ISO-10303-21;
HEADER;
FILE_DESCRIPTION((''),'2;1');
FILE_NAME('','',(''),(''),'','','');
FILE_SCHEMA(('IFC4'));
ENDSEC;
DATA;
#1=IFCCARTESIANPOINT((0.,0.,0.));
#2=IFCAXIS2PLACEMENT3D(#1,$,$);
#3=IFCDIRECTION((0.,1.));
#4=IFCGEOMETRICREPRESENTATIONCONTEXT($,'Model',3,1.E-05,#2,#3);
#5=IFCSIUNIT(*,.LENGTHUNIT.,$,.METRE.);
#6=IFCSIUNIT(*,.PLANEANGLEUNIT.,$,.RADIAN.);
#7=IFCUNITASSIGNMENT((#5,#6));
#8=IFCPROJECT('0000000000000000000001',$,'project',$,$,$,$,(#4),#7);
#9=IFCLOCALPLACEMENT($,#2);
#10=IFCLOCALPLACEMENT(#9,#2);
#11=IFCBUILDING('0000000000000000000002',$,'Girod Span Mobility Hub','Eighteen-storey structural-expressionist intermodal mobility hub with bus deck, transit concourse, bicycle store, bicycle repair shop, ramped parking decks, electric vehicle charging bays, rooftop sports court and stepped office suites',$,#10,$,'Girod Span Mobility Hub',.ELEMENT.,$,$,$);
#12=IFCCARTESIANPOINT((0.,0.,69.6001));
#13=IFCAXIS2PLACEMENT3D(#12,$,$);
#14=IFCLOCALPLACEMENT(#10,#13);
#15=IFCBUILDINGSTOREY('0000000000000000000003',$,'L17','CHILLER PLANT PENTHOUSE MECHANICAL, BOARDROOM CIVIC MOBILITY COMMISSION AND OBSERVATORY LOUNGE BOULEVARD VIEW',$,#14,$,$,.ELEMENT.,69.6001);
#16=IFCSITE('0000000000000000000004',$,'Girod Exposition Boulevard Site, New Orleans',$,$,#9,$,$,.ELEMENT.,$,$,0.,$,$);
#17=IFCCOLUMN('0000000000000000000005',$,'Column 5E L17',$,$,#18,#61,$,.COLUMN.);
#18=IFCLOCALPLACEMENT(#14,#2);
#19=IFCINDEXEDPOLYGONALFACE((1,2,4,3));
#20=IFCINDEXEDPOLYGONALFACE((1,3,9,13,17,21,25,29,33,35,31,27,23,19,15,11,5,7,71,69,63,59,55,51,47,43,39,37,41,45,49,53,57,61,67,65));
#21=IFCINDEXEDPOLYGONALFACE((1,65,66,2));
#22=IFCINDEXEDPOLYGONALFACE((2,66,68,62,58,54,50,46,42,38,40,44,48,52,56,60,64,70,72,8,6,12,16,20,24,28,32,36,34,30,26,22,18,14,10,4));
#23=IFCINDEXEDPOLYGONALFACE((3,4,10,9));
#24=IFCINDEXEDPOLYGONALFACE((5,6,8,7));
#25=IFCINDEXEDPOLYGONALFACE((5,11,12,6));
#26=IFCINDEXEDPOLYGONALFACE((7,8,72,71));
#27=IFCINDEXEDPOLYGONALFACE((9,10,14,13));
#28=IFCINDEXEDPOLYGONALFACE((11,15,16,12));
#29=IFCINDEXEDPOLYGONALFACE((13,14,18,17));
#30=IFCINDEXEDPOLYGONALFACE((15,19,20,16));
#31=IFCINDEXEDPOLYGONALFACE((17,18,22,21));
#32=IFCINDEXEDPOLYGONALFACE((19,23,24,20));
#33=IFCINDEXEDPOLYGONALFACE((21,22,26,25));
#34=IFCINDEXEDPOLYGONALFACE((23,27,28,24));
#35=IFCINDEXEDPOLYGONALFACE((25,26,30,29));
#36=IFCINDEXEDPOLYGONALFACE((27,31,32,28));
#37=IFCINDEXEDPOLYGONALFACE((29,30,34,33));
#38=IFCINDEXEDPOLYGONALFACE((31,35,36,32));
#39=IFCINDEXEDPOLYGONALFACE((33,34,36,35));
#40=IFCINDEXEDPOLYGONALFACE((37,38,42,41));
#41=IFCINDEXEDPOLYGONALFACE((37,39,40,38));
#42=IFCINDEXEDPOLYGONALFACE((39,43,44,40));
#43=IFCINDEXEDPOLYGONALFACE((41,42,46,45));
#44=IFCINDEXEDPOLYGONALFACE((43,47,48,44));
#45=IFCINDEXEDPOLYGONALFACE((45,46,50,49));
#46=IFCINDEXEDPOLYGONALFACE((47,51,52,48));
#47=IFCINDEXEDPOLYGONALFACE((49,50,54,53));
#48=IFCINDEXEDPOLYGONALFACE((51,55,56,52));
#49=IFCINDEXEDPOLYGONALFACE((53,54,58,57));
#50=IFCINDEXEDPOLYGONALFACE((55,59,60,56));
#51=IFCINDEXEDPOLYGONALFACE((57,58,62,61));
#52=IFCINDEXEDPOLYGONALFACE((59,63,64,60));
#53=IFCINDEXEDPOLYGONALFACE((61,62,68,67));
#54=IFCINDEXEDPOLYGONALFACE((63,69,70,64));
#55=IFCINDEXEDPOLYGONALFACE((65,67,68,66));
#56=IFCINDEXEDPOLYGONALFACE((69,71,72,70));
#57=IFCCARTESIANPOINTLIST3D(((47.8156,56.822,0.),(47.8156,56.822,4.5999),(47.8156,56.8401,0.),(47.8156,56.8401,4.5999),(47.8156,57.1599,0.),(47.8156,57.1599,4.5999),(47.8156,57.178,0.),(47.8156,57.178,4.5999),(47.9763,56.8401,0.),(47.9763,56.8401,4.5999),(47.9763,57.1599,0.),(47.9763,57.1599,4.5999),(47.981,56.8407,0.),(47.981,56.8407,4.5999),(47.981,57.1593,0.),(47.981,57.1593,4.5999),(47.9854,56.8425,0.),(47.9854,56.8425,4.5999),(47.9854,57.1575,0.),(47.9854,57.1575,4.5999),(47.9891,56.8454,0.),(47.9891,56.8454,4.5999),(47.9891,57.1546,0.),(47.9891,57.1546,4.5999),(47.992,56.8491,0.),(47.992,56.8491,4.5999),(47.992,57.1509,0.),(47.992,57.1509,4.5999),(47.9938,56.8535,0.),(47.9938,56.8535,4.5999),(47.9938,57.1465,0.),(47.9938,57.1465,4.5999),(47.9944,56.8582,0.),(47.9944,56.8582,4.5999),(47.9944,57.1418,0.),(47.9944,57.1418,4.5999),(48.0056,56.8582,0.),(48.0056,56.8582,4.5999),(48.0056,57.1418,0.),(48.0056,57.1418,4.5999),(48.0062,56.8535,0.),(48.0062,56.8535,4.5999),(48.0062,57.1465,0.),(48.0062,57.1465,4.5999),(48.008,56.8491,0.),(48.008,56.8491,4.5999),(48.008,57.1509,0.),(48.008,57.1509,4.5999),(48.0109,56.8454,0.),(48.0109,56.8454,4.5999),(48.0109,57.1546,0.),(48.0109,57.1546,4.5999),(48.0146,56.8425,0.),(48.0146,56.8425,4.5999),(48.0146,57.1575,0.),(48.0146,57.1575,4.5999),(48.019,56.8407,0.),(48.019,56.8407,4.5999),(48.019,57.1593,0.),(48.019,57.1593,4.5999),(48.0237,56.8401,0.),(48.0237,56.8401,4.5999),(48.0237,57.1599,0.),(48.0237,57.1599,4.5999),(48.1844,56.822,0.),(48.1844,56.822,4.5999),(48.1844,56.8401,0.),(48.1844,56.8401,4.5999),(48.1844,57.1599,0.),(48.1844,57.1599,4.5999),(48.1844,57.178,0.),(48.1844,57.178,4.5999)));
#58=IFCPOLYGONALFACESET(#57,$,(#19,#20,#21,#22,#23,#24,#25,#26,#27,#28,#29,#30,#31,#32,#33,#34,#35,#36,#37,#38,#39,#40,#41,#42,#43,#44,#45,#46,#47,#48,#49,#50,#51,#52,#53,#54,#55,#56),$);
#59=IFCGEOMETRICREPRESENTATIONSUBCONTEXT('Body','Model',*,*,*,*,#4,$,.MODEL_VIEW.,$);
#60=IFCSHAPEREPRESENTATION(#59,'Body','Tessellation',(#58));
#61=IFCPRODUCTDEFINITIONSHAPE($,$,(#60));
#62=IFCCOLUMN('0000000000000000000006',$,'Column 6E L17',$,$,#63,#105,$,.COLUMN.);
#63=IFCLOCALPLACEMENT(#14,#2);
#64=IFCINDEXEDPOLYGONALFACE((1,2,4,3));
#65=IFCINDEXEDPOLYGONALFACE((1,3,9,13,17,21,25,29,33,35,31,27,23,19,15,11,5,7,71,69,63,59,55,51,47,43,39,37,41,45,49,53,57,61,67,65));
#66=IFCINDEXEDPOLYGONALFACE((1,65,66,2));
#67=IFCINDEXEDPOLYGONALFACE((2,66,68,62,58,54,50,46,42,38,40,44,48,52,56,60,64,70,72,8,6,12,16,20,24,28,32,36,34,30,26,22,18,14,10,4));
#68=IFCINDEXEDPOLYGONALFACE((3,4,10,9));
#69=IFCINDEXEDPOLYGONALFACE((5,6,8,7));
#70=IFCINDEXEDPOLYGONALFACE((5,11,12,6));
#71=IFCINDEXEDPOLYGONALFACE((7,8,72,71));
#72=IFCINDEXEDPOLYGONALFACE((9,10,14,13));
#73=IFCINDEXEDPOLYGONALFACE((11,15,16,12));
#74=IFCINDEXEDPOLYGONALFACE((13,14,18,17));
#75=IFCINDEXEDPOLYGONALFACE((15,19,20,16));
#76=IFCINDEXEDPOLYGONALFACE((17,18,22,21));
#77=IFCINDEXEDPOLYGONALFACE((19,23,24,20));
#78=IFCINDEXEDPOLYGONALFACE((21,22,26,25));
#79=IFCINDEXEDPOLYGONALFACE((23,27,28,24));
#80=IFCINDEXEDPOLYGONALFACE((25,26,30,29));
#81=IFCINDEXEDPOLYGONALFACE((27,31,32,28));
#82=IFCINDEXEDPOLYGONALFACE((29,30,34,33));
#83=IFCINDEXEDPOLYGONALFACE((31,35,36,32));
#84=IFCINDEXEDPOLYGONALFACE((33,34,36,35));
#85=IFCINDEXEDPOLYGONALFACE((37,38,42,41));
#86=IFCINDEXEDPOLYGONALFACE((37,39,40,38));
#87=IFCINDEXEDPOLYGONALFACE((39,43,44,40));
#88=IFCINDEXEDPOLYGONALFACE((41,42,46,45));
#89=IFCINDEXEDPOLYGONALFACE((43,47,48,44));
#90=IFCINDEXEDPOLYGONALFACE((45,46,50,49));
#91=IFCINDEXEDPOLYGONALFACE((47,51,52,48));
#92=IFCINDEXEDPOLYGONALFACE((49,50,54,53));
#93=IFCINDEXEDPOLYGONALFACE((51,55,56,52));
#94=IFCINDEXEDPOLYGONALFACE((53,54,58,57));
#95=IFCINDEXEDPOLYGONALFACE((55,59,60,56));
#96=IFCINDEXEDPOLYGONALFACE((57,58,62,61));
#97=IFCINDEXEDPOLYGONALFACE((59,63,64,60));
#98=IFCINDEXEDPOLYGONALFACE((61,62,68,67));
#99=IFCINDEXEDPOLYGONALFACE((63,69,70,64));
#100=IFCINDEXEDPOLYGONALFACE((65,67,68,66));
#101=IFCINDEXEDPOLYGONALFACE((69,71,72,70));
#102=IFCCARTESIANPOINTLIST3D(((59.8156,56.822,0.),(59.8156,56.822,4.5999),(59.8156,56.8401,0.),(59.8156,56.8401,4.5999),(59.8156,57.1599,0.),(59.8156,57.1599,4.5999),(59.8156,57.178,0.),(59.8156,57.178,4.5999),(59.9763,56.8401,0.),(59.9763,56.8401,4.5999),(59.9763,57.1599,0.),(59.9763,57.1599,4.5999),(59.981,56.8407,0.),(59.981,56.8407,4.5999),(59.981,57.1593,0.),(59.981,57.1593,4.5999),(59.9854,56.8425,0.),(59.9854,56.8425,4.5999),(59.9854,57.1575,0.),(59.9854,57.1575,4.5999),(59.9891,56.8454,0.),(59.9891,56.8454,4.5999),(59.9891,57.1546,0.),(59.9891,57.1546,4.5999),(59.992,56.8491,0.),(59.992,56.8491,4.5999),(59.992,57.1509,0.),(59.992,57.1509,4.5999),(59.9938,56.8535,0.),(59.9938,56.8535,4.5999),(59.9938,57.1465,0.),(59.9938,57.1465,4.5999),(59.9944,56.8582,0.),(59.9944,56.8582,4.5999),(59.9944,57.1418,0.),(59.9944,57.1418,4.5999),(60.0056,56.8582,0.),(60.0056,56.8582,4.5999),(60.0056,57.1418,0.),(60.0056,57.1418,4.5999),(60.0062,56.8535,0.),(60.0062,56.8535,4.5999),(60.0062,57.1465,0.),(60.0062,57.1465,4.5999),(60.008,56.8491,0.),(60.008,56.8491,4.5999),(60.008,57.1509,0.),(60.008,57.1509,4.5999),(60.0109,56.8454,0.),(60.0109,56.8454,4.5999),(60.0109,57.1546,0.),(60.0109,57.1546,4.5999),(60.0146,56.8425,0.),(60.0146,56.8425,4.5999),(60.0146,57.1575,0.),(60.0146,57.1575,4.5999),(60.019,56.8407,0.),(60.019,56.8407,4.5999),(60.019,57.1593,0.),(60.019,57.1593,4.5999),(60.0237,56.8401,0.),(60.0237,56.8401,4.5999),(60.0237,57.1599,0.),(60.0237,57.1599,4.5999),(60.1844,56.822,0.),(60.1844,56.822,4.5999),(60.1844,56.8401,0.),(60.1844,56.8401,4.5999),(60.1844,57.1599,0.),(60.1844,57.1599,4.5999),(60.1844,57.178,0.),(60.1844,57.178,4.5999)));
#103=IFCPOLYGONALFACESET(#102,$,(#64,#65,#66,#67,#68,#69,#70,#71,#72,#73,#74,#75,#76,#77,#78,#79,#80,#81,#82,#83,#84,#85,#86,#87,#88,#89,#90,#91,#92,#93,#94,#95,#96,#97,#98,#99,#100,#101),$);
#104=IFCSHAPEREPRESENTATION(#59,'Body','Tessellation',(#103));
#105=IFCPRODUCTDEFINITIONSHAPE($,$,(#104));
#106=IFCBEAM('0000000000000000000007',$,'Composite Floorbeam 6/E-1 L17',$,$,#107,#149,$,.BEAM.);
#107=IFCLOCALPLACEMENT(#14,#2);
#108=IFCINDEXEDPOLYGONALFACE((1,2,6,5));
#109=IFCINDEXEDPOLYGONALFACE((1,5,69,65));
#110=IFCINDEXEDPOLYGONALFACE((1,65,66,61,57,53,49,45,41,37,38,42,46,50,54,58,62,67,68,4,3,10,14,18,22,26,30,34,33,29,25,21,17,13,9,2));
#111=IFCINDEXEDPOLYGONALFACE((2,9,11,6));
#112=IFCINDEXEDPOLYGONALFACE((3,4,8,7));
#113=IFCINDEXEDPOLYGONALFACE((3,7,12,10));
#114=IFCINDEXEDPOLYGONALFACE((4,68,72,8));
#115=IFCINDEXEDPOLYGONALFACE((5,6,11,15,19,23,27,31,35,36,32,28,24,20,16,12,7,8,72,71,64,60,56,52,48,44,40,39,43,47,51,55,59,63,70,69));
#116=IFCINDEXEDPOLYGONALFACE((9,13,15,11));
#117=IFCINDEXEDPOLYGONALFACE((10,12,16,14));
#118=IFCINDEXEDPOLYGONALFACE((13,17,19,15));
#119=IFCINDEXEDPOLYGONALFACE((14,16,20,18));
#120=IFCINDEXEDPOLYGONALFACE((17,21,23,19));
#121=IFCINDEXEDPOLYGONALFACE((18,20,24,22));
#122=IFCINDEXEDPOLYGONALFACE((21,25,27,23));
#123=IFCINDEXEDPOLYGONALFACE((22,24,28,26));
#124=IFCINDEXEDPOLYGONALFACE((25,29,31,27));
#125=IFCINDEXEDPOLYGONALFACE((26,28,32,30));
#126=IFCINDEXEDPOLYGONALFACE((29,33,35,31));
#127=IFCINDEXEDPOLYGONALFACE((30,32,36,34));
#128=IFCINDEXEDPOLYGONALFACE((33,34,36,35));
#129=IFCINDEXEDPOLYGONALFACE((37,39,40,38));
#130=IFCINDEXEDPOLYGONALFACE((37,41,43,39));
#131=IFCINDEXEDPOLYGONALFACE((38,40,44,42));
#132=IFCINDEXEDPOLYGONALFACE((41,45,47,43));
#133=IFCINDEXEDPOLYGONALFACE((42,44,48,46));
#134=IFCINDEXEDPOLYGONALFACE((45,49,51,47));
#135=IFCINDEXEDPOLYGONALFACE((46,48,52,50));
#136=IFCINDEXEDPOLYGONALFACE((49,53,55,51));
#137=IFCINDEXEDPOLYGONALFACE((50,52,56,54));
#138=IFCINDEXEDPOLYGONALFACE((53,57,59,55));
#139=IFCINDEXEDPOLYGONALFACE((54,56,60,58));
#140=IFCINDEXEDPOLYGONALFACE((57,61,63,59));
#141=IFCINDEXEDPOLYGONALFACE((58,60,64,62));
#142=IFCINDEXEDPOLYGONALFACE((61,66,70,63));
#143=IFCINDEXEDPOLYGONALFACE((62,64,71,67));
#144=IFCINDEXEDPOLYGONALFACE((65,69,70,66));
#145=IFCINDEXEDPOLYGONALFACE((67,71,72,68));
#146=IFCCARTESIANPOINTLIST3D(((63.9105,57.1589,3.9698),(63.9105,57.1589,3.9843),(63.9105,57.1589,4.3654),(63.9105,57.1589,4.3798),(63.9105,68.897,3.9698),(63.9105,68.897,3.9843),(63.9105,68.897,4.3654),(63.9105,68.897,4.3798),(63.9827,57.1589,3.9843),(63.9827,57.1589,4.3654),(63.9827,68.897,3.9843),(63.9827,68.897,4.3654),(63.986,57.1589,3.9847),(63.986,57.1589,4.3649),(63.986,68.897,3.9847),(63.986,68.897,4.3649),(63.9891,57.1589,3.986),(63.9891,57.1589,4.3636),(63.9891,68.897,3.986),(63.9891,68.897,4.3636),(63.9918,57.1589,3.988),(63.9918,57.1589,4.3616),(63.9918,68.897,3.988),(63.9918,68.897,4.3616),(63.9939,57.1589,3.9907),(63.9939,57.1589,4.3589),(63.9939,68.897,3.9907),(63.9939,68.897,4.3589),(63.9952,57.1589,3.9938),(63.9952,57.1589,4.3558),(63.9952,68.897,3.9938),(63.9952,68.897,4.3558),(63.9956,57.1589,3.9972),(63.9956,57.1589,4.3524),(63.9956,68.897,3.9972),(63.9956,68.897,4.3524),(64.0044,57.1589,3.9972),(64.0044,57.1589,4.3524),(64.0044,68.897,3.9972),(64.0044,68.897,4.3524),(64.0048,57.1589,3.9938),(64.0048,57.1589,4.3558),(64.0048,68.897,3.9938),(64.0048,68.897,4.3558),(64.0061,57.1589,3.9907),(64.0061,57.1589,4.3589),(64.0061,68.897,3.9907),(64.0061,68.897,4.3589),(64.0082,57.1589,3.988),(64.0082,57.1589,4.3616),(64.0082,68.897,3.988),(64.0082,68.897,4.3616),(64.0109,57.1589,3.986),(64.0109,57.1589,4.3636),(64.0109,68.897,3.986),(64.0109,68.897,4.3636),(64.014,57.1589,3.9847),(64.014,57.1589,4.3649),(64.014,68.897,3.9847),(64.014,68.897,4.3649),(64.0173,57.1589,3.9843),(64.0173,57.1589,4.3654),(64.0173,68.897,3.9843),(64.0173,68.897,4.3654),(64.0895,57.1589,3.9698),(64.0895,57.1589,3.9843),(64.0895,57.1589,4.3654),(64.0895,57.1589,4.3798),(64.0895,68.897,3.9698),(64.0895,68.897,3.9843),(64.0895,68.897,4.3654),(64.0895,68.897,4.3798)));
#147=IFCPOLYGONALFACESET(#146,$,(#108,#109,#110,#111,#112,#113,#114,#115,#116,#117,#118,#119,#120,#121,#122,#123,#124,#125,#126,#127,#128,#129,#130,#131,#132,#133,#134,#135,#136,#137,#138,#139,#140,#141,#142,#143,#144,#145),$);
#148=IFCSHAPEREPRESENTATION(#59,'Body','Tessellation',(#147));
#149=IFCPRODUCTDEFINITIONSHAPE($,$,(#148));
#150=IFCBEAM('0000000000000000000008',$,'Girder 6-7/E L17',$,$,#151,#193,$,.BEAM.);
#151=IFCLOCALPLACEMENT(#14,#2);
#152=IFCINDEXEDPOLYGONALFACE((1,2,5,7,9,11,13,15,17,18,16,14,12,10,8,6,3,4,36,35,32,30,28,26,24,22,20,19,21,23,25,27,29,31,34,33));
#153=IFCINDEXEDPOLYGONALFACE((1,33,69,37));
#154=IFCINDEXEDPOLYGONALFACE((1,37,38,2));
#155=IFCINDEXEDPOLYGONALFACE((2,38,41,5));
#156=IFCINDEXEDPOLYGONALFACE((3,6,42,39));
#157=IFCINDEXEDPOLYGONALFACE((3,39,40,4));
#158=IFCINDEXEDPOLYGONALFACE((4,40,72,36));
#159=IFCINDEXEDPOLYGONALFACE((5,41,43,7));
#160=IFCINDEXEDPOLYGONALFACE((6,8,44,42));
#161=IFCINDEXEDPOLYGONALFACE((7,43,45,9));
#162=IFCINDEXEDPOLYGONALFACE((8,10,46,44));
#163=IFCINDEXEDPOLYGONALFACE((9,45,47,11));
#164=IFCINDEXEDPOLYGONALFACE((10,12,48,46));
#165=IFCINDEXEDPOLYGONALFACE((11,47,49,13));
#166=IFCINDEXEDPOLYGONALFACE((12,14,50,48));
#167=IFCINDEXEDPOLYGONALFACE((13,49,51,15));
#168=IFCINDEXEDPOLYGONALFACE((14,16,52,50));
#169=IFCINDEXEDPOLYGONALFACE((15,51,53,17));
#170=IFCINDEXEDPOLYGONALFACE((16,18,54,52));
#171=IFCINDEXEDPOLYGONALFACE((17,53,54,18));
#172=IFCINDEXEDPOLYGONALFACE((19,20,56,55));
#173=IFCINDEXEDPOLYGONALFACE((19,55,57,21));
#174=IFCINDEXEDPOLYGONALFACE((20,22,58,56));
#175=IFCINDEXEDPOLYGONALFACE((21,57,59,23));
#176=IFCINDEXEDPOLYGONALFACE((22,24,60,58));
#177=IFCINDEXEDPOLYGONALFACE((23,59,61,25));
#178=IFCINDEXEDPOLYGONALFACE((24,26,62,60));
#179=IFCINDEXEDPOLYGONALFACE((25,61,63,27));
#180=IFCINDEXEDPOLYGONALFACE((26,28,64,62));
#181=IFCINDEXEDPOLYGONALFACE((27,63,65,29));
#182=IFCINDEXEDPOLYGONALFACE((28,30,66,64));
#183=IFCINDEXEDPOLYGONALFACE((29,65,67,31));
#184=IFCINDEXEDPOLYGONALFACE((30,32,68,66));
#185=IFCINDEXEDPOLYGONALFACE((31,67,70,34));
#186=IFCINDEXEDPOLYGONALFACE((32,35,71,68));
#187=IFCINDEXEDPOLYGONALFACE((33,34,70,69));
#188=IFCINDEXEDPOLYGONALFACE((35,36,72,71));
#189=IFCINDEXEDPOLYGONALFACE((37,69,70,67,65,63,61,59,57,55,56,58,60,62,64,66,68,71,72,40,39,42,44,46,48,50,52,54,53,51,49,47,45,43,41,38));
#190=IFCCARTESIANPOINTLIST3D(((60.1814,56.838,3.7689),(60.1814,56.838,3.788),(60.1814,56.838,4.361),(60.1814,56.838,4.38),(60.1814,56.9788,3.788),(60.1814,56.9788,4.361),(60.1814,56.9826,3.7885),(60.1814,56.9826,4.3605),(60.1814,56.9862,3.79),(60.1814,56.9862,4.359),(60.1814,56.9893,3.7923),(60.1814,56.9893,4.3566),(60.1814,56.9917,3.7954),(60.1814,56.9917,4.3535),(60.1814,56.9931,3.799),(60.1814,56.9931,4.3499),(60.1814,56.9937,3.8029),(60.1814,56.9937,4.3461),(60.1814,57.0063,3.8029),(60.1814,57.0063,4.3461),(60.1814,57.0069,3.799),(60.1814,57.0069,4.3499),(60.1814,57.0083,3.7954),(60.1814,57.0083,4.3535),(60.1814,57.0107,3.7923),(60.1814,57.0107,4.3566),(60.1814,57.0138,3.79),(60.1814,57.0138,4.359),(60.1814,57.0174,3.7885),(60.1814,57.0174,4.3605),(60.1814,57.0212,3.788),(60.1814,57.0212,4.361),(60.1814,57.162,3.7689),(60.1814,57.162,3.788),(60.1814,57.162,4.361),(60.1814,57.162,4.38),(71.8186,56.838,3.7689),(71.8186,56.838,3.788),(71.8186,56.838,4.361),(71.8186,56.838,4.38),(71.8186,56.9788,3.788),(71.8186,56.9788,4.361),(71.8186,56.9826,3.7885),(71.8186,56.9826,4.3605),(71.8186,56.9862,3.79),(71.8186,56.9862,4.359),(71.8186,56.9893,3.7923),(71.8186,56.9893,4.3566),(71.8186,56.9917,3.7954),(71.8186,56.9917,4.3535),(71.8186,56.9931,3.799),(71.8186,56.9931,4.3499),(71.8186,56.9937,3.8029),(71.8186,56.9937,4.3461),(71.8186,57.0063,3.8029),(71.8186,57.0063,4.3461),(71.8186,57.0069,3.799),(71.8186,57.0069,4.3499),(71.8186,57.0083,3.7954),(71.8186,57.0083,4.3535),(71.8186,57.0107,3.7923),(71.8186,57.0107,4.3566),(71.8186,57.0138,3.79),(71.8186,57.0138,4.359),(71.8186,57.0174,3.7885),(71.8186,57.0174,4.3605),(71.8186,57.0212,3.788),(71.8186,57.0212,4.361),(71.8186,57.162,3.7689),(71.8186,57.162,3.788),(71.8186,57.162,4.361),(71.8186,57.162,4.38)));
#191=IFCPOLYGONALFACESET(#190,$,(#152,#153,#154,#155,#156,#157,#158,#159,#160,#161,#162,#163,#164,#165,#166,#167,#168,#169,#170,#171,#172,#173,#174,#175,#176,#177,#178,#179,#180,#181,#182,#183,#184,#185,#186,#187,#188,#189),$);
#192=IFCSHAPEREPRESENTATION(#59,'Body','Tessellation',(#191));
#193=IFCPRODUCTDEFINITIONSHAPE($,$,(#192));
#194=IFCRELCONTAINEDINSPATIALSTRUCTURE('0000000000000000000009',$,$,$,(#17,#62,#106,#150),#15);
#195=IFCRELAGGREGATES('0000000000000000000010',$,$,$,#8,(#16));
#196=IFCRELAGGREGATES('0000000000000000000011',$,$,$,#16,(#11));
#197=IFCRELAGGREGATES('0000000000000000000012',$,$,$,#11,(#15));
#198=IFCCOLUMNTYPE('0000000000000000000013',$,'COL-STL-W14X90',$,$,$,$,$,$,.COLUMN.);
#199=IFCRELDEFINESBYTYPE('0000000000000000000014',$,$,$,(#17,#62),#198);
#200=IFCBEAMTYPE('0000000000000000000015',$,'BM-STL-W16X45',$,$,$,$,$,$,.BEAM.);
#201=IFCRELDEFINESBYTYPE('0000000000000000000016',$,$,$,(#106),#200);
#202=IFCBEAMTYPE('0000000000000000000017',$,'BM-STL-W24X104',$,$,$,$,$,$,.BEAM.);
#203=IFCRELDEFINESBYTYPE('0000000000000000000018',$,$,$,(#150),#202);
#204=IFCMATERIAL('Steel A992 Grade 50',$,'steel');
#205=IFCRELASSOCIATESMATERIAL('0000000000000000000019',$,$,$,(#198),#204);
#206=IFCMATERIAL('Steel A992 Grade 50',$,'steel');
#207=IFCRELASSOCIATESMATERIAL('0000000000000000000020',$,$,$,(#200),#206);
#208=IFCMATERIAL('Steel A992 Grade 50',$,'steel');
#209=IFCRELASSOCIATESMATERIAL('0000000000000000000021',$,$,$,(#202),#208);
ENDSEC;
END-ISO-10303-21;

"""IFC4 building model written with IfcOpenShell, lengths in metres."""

from ifc_helpers import new_model, si_unit, direction, frame, origin, origin_2d, place, context, subcontext, project, spatial, i_section, extrude, material, material_profile, profile_set, type_object, element, save


model = new_model("IFC4")

# Units and contexts
model_context = context("Model", 3, precision=1e-05, world=origin(), true_north=direction((0.0, 1.0)))
body_context = subcontext(model_context, "Body", "Model", "MODEL_VIEW")
ifc_project = project(units=[si_unit("LENGTHUNIT", "METRE"), si_unit("PLANEANGLEUNIT", "RADIAN")], contexts=[model_context])

# Site, building, storey
site_placement = place(None, origin())
site = spatial("IfcSite", under=ifc_project, at=site_placement, Name="Girod Exposition Boulevard Site, New Orleans", CompositionType="ELEMENT", RefElevation=0.0)
building_placement = place(site_placement, origin())
building = spatial("IfcBuilding", under=site, at=building_placement, Name="Girod Span Mobility Hub", Description="Eighteen-storey structural-expressionist intermodal mobility hub with bus deck, transit concourse, bicycle store, bicycle repair shop, ramped parking decks, electric vehicle charging bays, rooftop sports court and stepped office suites", LongName="Girod Span Mobility Hub", CompositionType="ELEMENT")
storey_placement = place(building_placement, frame((0.0, 0.0, 69.6001)))
storey = spatial("IfcBuildingStorey", under=building, at=storey_placement, Name="L17", Description="CHILLER PLANT PENTHOUSE MECHANICAL, BOARDROOM CIVIC MOBILITY COMMISSION AND OBSERVATORY LOUNGE BOULEVARD VIEW", CompositionType="ELEMENT", Elevation=69.6001)

# Columns
ifc_material_1 = material(Name="Steel A992 Grade 50", Category="steel")
ifc_material_profile_1 = material_profile(ifc_material_1, i_section(OverallWidth=0.3689, OverallDepth=0.356, WebThickness=0.0112, FlangeThickness=0.0181, FilletRadius=0.0181, at=origin_2d()), Name="W14X90")
ifc_profile_set_1 = profile_set([ifc_material_profile_1], Name="Steel A992 Grade 50")
column_type = type_object("IfcColumnType", Name="COL-STL-W14X90", PredefinedType="COLUMN", material=ifc_profile_set_1)
for number, where, z_axis, x_axis, name in (
    (1, (48.0, 57.0, 0.0), (0.0, 0.0, 1.0), (1.0, 0.0, 0.0), "Column 5E L17"),
    (2, (60.0, 57.0, 0.0), (0.0, 0.0, 1.0), (1.0, 0.0, 0.0), "Column 6E L17"),
):
    element("IfcColumn", number, at=place(storey_placement, frame(where, z_axis=z_axis, x_axis=x_axis)), inside=storey, type_object=column_type, Name=name, PredefinedType="COLUMN", context=body_context, shape_type="SweptSolid", body=[
        extrude(i_section(OverallWidth=0.3689, OverallDepth=0.356, WebThickness=0.0112, FlangeThickness=0.0181, FilletRadius=0.0181, at=origin_2d()), origin(), (0.0, 0.0, 1.0), 4.5999),
    ])

# Beams
ifc_material_2 = material(Name="Steel A992 Grade 50", Category="steel")
ifc_material_profile_2 = material_profile(ifc_material_2, i_section(OverallWidth=0.179, OverallDepth=0.4099, WebThickness=0.0088, FlangeThickness=0.0144, FilletRadius=0.0129, at=origin_2d()), Name="W16X45")
ifc_profile_set_2 = profile_set([ifc_material_profile_2], Name="Steel A992 Grade 50")
beam_type_1 = type_object("IfcBeamType", Name="BM-STL-W16X45", PredefinedType="BEAM", material=ifc_profile_set_2)
beam_1_placement = place(storey_placement, frame((64.0, 57.1589, 4.1748), z_axis=(0.0, 1.0, 0.0), x_axis=(-1.0, 0.0, 0.0)))
element("IfcBeam", 3, at=beam_1_placement, inside=storey, type_object=beam_type_1, Name="Composite Floorbeam 6/E-1 L17", PredefinedType="BEAM", context=body_context, shape_type="SweptSolid", body=[
    extrude(i_section(OverallWidth=0.179, OverallDepth=0.4099, WebThickness=0.0088, FlangeThickness=0.0144, FilletRadius=0.0129, at=origin_2d()), origin(), (0.0, 0.0, 1.0), 11.738),
])
ifc_material_3 = material(Name="Steel A992 Grade 50", Category="steel")
ifc_material_profile_3 = material_profile(ifc_material_3, i_section(OverallWidth=0.324, OverallDepth=0.6111, WebThickness=0.0127, FlangeThickness=0.019, FilletRadius=0.0149, at=origin_2d()), Name="W24X104")
ifc_profile_set_3 = profile_set([ifc_material_profile_3], Name="Steel A992 Grade 50")
beam_type_2 = type_object("IfcBeamType", Name="BM-STL-W24X104", PredefinedType="BEAM", material=ifc_profile_set_3)
beam_2_placement = place(storey_placement, frame((60.1814, 57.0, 4.0745), z_axis=(1.0, 0.0, 0.0), x_axis=(0.0, 1.0, 0.0)))
element("IfcBeam", 4, at=beam_2_placement, inside=storey, type_object=beam_type_2, Name="Girder 6-7/E L17", PredefinedType="BEAM", context=body_context, shape_type="SweptSolid", body=[
    extrude(i_section(OverallWidth=0.324, OverallDepth=0.6111, WebThickness=0.0127, FlangeThickness=0.019, FilletRadius=0.0149, at=origin_2d()), origin(), (0.0, 0.0, 1.0), 11.6372),
])

save(model, "model.ifc")
